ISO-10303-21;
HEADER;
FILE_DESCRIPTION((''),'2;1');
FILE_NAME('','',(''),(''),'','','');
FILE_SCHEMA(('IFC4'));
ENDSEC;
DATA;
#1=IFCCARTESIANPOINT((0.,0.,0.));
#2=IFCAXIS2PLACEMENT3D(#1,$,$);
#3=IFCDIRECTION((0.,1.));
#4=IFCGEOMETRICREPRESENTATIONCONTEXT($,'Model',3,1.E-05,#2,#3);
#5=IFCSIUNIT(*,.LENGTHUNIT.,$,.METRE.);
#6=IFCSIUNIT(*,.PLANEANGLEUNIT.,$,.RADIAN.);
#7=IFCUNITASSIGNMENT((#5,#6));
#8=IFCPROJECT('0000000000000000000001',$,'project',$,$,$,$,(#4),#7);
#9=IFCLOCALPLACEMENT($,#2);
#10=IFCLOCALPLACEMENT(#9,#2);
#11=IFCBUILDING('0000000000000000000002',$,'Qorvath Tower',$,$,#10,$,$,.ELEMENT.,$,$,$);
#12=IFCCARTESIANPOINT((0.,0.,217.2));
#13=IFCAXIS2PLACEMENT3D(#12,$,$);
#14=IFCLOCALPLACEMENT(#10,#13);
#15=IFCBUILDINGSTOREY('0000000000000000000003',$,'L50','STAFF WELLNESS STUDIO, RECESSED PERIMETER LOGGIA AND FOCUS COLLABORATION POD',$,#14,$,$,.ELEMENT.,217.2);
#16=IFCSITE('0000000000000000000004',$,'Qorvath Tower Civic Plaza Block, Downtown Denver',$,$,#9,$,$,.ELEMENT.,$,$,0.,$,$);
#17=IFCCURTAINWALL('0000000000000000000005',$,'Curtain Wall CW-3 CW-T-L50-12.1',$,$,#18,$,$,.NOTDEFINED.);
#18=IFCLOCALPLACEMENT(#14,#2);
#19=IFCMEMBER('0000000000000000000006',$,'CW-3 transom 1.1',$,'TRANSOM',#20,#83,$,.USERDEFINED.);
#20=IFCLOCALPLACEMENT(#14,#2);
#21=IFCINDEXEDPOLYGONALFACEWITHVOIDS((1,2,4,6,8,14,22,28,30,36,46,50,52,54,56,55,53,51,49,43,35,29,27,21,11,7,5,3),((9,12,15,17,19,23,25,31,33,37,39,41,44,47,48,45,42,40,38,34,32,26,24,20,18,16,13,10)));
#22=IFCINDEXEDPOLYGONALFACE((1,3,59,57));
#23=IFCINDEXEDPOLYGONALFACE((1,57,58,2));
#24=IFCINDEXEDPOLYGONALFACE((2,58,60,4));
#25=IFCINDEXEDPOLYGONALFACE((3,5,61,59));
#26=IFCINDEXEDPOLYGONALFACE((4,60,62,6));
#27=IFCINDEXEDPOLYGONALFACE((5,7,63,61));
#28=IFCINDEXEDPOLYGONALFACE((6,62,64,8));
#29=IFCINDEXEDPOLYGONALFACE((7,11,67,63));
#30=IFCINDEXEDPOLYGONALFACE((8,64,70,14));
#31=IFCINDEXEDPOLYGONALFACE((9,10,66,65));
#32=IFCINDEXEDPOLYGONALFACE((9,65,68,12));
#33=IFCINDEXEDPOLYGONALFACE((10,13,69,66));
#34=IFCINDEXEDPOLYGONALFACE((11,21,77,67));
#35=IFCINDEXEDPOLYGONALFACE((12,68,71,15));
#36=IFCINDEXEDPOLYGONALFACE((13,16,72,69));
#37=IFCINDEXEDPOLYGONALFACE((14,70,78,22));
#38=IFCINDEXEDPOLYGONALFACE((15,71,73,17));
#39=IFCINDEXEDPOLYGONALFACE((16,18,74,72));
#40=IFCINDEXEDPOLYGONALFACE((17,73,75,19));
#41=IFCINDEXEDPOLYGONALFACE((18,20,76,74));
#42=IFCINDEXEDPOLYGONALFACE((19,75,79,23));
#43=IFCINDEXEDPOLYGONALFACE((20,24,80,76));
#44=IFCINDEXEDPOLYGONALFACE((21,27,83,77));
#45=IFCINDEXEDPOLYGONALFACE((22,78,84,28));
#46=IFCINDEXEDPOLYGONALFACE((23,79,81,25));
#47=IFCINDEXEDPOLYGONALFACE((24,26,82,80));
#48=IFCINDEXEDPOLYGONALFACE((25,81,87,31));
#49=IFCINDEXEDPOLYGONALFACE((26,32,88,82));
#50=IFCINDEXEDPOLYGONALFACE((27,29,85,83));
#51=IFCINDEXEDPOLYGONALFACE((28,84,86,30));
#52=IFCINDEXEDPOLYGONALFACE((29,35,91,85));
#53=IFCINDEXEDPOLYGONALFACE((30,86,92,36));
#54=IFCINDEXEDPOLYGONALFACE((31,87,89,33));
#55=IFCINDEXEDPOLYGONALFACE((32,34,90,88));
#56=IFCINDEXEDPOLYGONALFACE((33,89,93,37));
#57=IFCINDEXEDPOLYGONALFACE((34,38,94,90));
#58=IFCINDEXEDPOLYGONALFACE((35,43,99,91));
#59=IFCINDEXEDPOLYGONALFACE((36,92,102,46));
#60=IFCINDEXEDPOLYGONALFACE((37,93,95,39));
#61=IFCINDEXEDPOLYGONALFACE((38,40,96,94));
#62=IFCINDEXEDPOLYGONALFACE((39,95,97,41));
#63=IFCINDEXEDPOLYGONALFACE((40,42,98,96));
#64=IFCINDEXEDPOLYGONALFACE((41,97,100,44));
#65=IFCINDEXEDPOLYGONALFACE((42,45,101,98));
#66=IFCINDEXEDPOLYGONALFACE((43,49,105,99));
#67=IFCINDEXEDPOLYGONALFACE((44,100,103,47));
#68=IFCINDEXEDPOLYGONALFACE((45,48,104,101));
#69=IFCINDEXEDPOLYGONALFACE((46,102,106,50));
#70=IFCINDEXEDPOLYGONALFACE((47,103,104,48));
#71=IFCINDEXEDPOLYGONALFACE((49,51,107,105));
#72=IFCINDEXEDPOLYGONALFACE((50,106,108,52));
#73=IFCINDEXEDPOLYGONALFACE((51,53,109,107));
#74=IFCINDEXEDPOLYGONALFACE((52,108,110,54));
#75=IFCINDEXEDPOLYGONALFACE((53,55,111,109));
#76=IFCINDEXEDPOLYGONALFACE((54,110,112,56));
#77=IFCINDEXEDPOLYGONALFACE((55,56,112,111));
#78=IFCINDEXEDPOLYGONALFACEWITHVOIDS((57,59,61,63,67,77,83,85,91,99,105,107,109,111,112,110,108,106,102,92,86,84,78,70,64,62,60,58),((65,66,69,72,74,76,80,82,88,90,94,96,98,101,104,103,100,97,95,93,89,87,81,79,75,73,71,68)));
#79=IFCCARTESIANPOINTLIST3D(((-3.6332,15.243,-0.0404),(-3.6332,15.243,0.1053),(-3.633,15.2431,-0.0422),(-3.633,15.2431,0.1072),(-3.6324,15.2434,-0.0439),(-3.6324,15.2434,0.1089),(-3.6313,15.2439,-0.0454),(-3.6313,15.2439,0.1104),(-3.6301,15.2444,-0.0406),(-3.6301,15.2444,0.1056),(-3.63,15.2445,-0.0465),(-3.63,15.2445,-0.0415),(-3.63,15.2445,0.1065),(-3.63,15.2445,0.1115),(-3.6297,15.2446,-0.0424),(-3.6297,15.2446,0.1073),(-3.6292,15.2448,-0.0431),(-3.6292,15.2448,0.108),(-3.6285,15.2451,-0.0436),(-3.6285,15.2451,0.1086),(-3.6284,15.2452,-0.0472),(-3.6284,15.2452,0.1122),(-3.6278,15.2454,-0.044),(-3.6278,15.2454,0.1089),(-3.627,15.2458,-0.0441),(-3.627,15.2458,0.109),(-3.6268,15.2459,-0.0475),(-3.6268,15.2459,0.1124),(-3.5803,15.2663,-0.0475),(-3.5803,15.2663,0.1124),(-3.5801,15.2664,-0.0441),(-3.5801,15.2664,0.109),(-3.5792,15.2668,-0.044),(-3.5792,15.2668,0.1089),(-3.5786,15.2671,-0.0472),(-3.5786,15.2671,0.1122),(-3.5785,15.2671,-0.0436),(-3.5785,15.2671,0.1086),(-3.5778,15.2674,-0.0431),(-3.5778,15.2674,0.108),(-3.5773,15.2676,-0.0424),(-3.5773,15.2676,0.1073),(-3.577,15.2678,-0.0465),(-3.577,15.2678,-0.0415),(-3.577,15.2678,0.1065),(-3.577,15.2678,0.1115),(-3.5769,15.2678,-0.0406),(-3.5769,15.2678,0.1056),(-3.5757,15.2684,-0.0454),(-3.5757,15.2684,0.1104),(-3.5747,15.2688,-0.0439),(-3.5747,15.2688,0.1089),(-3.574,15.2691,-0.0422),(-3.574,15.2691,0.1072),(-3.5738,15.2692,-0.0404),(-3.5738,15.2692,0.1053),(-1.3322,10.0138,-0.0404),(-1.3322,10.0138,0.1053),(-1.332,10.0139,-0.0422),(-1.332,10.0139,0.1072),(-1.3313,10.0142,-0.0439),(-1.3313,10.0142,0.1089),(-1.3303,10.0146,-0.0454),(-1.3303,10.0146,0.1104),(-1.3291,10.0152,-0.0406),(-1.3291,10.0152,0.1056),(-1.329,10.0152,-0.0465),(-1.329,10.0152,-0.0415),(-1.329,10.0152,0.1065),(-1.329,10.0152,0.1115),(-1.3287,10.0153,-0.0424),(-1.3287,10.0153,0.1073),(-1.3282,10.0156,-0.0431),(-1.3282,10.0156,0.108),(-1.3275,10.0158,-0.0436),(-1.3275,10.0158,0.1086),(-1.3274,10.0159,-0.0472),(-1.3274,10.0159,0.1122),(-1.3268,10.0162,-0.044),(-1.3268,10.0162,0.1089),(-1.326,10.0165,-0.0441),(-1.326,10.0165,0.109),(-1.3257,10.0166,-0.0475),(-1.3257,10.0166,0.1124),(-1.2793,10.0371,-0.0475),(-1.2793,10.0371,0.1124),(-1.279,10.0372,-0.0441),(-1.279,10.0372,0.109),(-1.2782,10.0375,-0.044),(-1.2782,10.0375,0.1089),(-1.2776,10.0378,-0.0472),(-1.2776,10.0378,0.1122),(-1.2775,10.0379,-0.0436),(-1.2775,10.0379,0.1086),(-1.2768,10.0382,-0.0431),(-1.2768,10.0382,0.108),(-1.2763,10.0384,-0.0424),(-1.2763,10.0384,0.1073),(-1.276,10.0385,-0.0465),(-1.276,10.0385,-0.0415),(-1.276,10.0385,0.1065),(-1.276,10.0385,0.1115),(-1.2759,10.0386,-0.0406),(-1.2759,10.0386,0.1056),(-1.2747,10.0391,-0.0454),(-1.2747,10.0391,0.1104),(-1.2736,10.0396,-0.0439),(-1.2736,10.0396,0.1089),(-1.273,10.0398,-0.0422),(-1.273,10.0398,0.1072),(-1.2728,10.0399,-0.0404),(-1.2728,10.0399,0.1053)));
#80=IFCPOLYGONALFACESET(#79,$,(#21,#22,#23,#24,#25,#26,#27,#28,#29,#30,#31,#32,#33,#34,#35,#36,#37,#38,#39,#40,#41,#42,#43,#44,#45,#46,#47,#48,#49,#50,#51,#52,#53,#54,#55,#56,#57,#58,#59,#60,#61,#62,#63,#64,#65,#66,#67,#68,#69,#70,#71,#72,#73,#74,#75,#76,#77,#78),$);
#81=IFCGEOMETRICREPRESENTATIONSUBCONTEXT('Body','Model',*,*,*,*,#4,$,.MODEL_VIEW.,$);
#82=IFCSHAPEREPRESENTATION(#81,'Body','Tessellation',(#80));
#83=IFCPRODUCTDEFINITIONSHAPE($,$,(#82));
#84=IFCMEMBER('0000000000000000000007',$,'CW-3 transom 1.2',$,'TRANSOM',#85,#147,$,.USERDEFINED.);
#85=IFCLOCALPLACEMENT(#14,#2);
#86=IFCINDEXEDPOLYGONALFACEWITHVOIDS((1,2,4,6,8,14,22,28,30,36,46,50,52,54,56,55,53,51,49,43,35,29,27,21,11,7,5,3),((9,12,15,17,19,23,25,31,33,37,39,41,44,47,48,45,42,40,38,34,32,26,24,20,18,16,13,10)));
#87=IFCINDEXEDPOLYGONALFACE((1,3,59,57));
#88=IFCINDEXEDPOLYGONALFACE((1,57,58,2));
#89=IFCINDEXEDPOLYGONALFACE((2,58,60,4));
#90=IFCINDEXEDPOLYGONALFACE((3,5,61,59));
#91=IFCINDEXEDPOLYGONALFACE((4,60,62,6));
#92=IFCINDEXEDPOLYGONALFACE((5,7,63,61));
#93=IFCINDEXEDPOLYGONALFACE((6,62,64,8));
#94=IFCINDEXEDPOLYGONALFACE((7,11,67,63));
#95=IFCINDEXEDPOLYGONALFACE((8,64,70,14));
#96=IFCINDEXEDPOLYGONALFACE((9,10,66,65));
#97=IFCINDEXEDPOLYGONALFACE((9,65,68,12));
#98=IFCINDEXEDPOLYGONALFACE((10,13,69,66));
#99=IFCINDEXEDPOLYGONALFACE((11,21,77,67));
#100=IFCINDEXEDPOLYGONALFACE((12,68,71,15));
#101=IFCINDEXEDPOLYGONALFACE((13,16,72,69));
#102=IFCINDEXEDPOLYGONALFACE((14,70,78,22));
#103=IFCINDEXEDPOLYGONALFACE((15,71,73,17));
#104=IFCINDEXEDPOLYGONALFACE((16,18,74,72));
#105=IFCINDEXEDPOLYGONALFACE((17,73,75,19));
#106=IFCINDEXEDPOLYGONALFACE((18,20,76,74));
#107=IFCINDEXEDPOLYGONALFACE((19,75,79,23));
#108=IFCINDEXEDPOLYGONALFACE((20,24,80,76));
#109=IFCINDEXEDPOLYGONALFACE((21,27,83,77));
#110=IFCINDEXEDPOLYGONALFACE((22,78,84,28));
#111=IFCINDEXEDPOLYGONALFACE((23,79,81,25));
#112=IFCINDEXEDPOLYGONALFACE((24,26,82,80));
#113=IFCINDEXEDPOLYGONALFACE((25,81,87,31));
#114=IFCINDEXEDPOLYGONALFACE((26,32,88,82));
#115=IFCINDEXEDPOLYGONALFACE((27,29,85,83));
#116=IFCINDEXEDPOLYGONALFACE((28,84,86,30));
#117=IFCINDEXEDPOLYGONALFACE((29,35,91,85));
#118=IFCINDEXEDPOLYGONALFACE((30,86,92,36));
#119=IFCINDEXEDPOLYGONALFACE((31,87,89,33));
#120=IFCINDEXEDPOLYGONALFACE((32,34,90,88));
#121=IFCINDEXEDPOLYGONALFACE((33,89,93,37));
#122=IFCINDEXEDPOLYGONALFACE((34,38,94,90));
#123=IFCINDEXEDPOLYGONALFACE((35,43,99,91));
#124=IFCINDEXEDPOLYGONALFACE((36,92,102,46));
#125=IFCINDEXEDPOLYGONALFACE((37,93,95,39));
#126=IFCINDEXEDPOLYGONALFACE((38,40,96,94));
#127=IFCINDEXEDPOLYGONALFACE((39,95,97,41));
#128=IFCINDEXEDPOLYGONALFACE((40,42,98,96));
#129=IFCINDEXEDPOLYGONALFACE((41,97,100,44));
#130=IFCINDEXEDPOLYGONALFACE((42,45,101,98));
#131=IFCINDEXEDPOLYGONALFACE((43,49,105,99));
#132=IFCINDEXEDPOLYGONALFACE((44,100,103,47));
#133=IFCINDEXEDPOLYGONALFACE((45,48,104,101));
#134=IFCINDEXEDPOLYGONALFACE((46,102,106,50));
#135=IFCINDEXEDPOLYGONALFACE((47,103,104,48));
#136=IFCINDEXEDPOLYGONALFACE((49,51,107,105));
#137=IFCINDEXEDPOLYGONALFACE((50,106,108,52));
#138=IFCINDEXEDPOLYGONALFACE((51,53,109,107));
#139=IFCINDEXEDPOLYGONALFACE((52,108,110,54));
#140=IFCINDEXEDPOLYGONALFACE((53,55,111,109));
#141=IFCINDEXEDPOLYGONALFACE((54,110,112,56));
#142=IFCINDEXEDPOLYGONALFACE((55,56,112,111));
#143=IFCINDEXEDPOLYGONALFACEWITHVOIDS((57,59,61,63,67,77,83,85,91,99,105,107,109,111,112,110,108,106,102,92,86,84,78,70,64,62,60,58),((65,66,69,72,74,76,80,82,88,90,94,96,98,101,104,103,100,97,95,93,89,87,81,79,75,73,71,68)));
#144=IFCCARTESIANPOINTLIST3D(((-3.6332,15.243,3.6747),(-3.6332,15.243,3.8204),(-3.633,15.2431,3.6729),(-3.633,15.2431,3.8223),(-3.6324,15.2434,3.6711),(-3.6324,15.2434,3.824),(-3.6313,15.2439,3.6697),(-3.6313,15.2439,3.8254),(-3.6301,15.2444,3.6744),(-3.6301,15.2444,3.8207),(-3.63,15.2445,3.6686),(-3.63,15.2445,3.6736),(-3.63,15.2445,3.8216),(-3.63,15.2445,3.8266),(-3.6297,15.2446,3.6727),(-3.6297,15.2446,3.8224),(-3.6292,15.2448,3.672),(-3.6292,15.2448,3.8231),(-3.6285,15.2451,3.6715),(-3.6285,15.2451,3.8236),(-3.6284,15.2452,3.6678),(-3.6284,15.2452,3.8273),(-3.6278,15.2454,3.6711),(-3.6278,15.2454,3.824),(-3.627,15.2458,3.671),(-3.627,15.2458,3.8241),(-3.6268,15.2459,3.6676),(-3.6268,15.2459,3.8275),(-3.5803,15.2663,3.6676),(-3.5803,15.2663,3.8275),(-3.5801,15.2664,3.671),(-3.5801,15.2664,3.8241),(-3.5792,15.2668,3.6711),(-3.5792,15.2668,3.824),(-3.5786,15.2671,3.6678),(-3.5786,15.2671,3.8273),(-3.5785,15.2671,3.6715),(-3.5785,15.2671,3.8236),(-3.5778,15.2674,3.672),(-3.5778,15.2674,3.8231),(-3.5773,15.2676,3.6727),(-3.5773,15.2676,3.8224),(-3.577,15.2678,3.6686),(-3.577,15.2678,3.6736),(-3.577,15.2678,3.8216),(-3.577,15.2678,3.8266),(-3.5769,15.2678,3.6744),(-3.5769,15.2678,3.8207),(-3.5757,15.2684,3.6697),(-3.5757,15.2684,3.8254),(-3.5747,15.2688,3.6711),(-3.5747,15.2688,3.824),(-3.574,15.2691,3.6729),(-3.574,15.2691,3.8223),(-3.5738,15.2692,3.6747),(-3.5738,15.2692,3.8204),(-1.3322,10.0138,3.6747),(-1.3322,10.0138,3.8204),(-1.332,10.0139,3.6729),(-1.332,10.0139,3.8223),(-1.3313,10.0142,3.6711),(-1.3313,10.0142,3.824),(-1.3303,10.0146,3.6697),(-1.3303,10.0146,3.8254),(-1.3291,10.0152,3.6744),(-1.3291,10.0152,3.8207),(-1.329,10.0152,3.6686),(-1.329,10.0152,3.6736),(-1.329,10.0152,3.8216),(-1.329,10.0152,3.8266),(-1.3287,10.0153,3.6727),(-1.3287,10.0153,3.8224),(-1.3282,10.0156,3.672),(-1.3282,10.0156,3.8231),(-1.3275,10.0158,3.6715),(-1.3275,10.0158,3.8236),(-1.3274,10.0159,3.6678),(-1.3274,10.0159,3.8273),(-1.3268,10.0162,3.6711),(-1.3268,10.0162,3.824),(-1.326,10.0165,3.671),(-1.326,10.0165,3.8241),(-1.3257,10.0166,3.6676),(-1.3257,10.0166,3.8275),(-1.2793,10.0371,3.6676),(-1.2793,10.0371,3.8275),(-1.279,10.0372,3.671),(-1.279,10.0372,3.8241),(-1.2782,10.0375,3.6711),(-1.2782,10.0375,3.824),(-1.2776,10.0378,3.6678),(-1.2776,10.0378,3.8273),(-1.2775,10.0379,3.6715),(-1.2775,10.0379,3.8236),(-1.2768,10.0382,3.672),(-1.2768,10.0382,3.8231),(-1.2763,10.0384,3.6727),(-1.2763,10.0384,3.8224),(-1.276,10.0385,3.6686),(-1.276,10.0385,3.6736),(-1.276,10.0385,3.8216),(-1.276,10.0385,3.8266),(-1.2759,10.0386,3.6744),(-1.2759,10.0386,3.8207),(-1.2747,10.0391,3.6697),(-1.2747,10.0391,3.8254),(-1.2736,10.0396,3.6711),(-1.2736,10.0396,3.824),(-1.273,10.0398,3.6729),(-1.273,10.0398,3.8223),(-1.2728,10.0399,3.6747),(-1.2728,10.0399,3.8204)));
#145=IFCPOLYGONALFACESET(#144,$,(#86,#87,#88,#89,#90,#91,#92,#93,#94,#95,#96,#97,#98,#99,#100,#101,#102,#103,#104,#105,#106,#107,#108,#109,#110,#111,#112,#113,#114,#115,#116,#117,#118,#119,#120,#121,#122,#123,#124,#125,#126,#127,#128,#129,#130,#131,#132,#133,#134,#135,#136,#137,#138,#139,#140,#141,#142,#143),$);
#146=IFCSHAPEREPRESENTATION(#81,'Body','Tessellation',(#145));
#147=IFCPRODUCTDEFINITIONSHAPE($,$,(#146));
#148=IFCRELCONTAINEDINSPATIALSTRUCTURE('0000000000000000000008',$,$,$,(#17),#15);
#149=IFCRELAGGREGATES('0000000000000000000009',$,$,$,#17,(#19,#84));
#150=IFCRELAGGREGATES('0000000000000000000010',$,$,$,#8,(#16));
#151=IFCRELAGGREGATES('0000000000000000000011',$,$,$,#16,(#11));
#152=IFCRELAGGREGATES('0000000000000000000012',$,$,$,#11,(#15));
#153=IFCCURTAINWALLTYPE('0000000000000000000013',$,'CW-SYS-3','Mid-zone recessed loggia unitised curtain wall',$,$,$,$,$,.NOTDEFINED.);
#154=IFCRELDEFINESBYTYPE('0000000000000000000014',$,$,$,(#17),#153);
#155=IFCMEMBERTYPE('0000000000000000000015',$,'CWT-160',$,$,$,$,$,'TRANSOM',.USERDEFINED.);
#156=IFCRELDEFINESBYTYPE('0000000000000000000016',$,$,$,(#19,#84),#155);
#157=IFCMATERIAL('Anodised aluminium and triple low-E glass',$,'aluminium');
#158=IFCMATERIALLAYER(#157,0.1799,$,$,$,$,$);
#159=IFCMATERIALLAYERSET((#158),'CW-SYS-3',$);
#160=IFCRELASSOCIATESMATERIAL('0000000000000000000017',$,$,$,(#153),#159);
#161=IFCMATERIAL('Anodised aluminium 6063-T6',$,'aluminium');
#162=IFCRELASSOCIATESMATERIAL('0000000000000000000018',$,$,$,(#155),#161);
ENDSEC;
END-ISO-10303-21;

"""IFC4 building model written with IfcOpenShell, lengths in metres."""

from ifc_helpers import new_model, si_unit, direction, frame, origin, origin_2d, place, context, subcontext, project, spatial, hollow_rectangle, extrude, material, layer, layer_set, material_profile, profile_set, type_object, element, aggregate, save


model = new_model("IFC4")

# Units and contexts
model_context = context("Model", 3, precision=1e-05, world=origin(), true_north=direction((0.0, 1.0)))
body_context = subcontext(model_context, "Body", "Model", "MODEL_VIEW")
ifc_project = project(units=[si_unit("LENGTHUNIT", "METRE"), si_unit("PLANEANGLEUNIT", "RADIAN")], contexts=[model_context])

# Site, building, storey
site_placement = place(None, origin())
site = spatial("IfcSite", under=ifc_project, at=site_placement, Name="Qorvath Tower Civic Plaza Block, Downtown Denver", CompositionType="ELEMENT", RefElevation=0.0)
building_placement = place(site_placement, origin())
building = spatial("IfcBuilding", under=site, at=building_placement, Name="Qorvath Tower", CompositionType="ELEMENT")
storey_placement = place(building_placement, frame((0.0, 0.0, 217.2)))
storey = spatial("IfcBuildingStorey", under=building, at=storey_placement, Name="L50", Description="STAFF WELLNESS STUDIO, RECESSED PERIMETER LOGGIA AND FOCUS COLLABORATION POD", CompositionType="ELEMENT", Elevation=217.2)

# Shared definitions
ifc_material_1 = material(Name="Anodised aluminium and triple low-E glass", Category="aluminium")
ifc_layer_1 = layer(ifc_material_1, 0.1799)
ifc_layer_set_1 = layer_set([ifc_layer_1], Name="CW-SYS-3")
curtain_wall_type = type_object("IfcCurtainWallType", Name="CW-SYS-3", Description="Mid-zone recessed loggia unitised curtain wall", PredefinedType="NOTDEFINED", material=ifc_layer_set_1)

# Curtain wall
curtain_wall_1_placement = place(storey_placement, origin())
curtain_wall_1 = element("IfcCurtainWall", 1, at=curtain_wall_1_placement, inside=storey, type_object=curtain_wall_type, Name="Curtain Wall CW-3 CW-T-L50-12.1", PredefinedType="NOTDEFINED")

# Members
ifc_material_2 = material(Name="Anodised aluminium 6063-T6", Category="aluminium")
ifc_material_profile_1 = material_profile(ifc_material_2, hollow_rectangle(XDim=0.0649, YDim=0.1599, WallThickness=0.0034, InnerFilletRadius=0.0034, OuterFilletRadius=0.0071, at=origin_2d()), Name="CWT 160x65")
ifc_profile_set_1 = profile_set([ifc_material_profile_1], Name="Anodised aluminium 6063-T6")
member_type_1 = type_object("IfcMemberType", Name="CWT-160", ElementType="TRANSOM", PredefinedType="USERDEFINED", material=ifc_profile_set_1)
member_1_placement = place(storey_placement, frame((-1.3025, 10.0269, 0.0325), z_axis=(-0.402762, 0.915305, 0.0), x_axis=(-0.915305, -0.402762, 0.0)))
member_1 = element("IfcMember", 2, at=member_1_placement, type_object=member_type_1, Name="CW-3 transom 1.1", ObjectType="TRANSOM", PredefinedType="USERDEFINED", context=body_context, shape_type="SweptSolid", body=[
    extrude(hollow_rectangle(XDim=0.0649, YDim=0.1599, WallThickness=0.0034, InnerFilletRadius=0.0034, OuterFilletRadius=0.0071, at=origin_2d()), origin(), (0.0, 0.0, 1.0), 5.7131),
])
member_2_placement = place(storey_placement, frame((-1.3025, 10.0269, 3.7476), z_axis=(-0.402762, 0.915305, 0.0), x_axis=(-0.915305, -0.402762, 0.0)))
member_2 = element("IfcMember", 3, at=member_2_placement, type_object=member_type_1, Name="CW-3 transom 1.2", ObjectType="TRANSOM", PredefinedType="USERDEFINED", context=body_context, shape_type="SweptSolid", body=[
    extrude(hollow_rectangle(XDim=0.0649, YDim=0.1599, WallThickness=0.0034, InnerFilletRadius=0.0034, OuterFilletRadius=0.0071, at=origin_2d()), origin(), (0.0, 0.0, 1.0), 5.7131),
])

aggregate(curtain_wall_1, [member_1, member_2])

save(model, "model.ifc")
